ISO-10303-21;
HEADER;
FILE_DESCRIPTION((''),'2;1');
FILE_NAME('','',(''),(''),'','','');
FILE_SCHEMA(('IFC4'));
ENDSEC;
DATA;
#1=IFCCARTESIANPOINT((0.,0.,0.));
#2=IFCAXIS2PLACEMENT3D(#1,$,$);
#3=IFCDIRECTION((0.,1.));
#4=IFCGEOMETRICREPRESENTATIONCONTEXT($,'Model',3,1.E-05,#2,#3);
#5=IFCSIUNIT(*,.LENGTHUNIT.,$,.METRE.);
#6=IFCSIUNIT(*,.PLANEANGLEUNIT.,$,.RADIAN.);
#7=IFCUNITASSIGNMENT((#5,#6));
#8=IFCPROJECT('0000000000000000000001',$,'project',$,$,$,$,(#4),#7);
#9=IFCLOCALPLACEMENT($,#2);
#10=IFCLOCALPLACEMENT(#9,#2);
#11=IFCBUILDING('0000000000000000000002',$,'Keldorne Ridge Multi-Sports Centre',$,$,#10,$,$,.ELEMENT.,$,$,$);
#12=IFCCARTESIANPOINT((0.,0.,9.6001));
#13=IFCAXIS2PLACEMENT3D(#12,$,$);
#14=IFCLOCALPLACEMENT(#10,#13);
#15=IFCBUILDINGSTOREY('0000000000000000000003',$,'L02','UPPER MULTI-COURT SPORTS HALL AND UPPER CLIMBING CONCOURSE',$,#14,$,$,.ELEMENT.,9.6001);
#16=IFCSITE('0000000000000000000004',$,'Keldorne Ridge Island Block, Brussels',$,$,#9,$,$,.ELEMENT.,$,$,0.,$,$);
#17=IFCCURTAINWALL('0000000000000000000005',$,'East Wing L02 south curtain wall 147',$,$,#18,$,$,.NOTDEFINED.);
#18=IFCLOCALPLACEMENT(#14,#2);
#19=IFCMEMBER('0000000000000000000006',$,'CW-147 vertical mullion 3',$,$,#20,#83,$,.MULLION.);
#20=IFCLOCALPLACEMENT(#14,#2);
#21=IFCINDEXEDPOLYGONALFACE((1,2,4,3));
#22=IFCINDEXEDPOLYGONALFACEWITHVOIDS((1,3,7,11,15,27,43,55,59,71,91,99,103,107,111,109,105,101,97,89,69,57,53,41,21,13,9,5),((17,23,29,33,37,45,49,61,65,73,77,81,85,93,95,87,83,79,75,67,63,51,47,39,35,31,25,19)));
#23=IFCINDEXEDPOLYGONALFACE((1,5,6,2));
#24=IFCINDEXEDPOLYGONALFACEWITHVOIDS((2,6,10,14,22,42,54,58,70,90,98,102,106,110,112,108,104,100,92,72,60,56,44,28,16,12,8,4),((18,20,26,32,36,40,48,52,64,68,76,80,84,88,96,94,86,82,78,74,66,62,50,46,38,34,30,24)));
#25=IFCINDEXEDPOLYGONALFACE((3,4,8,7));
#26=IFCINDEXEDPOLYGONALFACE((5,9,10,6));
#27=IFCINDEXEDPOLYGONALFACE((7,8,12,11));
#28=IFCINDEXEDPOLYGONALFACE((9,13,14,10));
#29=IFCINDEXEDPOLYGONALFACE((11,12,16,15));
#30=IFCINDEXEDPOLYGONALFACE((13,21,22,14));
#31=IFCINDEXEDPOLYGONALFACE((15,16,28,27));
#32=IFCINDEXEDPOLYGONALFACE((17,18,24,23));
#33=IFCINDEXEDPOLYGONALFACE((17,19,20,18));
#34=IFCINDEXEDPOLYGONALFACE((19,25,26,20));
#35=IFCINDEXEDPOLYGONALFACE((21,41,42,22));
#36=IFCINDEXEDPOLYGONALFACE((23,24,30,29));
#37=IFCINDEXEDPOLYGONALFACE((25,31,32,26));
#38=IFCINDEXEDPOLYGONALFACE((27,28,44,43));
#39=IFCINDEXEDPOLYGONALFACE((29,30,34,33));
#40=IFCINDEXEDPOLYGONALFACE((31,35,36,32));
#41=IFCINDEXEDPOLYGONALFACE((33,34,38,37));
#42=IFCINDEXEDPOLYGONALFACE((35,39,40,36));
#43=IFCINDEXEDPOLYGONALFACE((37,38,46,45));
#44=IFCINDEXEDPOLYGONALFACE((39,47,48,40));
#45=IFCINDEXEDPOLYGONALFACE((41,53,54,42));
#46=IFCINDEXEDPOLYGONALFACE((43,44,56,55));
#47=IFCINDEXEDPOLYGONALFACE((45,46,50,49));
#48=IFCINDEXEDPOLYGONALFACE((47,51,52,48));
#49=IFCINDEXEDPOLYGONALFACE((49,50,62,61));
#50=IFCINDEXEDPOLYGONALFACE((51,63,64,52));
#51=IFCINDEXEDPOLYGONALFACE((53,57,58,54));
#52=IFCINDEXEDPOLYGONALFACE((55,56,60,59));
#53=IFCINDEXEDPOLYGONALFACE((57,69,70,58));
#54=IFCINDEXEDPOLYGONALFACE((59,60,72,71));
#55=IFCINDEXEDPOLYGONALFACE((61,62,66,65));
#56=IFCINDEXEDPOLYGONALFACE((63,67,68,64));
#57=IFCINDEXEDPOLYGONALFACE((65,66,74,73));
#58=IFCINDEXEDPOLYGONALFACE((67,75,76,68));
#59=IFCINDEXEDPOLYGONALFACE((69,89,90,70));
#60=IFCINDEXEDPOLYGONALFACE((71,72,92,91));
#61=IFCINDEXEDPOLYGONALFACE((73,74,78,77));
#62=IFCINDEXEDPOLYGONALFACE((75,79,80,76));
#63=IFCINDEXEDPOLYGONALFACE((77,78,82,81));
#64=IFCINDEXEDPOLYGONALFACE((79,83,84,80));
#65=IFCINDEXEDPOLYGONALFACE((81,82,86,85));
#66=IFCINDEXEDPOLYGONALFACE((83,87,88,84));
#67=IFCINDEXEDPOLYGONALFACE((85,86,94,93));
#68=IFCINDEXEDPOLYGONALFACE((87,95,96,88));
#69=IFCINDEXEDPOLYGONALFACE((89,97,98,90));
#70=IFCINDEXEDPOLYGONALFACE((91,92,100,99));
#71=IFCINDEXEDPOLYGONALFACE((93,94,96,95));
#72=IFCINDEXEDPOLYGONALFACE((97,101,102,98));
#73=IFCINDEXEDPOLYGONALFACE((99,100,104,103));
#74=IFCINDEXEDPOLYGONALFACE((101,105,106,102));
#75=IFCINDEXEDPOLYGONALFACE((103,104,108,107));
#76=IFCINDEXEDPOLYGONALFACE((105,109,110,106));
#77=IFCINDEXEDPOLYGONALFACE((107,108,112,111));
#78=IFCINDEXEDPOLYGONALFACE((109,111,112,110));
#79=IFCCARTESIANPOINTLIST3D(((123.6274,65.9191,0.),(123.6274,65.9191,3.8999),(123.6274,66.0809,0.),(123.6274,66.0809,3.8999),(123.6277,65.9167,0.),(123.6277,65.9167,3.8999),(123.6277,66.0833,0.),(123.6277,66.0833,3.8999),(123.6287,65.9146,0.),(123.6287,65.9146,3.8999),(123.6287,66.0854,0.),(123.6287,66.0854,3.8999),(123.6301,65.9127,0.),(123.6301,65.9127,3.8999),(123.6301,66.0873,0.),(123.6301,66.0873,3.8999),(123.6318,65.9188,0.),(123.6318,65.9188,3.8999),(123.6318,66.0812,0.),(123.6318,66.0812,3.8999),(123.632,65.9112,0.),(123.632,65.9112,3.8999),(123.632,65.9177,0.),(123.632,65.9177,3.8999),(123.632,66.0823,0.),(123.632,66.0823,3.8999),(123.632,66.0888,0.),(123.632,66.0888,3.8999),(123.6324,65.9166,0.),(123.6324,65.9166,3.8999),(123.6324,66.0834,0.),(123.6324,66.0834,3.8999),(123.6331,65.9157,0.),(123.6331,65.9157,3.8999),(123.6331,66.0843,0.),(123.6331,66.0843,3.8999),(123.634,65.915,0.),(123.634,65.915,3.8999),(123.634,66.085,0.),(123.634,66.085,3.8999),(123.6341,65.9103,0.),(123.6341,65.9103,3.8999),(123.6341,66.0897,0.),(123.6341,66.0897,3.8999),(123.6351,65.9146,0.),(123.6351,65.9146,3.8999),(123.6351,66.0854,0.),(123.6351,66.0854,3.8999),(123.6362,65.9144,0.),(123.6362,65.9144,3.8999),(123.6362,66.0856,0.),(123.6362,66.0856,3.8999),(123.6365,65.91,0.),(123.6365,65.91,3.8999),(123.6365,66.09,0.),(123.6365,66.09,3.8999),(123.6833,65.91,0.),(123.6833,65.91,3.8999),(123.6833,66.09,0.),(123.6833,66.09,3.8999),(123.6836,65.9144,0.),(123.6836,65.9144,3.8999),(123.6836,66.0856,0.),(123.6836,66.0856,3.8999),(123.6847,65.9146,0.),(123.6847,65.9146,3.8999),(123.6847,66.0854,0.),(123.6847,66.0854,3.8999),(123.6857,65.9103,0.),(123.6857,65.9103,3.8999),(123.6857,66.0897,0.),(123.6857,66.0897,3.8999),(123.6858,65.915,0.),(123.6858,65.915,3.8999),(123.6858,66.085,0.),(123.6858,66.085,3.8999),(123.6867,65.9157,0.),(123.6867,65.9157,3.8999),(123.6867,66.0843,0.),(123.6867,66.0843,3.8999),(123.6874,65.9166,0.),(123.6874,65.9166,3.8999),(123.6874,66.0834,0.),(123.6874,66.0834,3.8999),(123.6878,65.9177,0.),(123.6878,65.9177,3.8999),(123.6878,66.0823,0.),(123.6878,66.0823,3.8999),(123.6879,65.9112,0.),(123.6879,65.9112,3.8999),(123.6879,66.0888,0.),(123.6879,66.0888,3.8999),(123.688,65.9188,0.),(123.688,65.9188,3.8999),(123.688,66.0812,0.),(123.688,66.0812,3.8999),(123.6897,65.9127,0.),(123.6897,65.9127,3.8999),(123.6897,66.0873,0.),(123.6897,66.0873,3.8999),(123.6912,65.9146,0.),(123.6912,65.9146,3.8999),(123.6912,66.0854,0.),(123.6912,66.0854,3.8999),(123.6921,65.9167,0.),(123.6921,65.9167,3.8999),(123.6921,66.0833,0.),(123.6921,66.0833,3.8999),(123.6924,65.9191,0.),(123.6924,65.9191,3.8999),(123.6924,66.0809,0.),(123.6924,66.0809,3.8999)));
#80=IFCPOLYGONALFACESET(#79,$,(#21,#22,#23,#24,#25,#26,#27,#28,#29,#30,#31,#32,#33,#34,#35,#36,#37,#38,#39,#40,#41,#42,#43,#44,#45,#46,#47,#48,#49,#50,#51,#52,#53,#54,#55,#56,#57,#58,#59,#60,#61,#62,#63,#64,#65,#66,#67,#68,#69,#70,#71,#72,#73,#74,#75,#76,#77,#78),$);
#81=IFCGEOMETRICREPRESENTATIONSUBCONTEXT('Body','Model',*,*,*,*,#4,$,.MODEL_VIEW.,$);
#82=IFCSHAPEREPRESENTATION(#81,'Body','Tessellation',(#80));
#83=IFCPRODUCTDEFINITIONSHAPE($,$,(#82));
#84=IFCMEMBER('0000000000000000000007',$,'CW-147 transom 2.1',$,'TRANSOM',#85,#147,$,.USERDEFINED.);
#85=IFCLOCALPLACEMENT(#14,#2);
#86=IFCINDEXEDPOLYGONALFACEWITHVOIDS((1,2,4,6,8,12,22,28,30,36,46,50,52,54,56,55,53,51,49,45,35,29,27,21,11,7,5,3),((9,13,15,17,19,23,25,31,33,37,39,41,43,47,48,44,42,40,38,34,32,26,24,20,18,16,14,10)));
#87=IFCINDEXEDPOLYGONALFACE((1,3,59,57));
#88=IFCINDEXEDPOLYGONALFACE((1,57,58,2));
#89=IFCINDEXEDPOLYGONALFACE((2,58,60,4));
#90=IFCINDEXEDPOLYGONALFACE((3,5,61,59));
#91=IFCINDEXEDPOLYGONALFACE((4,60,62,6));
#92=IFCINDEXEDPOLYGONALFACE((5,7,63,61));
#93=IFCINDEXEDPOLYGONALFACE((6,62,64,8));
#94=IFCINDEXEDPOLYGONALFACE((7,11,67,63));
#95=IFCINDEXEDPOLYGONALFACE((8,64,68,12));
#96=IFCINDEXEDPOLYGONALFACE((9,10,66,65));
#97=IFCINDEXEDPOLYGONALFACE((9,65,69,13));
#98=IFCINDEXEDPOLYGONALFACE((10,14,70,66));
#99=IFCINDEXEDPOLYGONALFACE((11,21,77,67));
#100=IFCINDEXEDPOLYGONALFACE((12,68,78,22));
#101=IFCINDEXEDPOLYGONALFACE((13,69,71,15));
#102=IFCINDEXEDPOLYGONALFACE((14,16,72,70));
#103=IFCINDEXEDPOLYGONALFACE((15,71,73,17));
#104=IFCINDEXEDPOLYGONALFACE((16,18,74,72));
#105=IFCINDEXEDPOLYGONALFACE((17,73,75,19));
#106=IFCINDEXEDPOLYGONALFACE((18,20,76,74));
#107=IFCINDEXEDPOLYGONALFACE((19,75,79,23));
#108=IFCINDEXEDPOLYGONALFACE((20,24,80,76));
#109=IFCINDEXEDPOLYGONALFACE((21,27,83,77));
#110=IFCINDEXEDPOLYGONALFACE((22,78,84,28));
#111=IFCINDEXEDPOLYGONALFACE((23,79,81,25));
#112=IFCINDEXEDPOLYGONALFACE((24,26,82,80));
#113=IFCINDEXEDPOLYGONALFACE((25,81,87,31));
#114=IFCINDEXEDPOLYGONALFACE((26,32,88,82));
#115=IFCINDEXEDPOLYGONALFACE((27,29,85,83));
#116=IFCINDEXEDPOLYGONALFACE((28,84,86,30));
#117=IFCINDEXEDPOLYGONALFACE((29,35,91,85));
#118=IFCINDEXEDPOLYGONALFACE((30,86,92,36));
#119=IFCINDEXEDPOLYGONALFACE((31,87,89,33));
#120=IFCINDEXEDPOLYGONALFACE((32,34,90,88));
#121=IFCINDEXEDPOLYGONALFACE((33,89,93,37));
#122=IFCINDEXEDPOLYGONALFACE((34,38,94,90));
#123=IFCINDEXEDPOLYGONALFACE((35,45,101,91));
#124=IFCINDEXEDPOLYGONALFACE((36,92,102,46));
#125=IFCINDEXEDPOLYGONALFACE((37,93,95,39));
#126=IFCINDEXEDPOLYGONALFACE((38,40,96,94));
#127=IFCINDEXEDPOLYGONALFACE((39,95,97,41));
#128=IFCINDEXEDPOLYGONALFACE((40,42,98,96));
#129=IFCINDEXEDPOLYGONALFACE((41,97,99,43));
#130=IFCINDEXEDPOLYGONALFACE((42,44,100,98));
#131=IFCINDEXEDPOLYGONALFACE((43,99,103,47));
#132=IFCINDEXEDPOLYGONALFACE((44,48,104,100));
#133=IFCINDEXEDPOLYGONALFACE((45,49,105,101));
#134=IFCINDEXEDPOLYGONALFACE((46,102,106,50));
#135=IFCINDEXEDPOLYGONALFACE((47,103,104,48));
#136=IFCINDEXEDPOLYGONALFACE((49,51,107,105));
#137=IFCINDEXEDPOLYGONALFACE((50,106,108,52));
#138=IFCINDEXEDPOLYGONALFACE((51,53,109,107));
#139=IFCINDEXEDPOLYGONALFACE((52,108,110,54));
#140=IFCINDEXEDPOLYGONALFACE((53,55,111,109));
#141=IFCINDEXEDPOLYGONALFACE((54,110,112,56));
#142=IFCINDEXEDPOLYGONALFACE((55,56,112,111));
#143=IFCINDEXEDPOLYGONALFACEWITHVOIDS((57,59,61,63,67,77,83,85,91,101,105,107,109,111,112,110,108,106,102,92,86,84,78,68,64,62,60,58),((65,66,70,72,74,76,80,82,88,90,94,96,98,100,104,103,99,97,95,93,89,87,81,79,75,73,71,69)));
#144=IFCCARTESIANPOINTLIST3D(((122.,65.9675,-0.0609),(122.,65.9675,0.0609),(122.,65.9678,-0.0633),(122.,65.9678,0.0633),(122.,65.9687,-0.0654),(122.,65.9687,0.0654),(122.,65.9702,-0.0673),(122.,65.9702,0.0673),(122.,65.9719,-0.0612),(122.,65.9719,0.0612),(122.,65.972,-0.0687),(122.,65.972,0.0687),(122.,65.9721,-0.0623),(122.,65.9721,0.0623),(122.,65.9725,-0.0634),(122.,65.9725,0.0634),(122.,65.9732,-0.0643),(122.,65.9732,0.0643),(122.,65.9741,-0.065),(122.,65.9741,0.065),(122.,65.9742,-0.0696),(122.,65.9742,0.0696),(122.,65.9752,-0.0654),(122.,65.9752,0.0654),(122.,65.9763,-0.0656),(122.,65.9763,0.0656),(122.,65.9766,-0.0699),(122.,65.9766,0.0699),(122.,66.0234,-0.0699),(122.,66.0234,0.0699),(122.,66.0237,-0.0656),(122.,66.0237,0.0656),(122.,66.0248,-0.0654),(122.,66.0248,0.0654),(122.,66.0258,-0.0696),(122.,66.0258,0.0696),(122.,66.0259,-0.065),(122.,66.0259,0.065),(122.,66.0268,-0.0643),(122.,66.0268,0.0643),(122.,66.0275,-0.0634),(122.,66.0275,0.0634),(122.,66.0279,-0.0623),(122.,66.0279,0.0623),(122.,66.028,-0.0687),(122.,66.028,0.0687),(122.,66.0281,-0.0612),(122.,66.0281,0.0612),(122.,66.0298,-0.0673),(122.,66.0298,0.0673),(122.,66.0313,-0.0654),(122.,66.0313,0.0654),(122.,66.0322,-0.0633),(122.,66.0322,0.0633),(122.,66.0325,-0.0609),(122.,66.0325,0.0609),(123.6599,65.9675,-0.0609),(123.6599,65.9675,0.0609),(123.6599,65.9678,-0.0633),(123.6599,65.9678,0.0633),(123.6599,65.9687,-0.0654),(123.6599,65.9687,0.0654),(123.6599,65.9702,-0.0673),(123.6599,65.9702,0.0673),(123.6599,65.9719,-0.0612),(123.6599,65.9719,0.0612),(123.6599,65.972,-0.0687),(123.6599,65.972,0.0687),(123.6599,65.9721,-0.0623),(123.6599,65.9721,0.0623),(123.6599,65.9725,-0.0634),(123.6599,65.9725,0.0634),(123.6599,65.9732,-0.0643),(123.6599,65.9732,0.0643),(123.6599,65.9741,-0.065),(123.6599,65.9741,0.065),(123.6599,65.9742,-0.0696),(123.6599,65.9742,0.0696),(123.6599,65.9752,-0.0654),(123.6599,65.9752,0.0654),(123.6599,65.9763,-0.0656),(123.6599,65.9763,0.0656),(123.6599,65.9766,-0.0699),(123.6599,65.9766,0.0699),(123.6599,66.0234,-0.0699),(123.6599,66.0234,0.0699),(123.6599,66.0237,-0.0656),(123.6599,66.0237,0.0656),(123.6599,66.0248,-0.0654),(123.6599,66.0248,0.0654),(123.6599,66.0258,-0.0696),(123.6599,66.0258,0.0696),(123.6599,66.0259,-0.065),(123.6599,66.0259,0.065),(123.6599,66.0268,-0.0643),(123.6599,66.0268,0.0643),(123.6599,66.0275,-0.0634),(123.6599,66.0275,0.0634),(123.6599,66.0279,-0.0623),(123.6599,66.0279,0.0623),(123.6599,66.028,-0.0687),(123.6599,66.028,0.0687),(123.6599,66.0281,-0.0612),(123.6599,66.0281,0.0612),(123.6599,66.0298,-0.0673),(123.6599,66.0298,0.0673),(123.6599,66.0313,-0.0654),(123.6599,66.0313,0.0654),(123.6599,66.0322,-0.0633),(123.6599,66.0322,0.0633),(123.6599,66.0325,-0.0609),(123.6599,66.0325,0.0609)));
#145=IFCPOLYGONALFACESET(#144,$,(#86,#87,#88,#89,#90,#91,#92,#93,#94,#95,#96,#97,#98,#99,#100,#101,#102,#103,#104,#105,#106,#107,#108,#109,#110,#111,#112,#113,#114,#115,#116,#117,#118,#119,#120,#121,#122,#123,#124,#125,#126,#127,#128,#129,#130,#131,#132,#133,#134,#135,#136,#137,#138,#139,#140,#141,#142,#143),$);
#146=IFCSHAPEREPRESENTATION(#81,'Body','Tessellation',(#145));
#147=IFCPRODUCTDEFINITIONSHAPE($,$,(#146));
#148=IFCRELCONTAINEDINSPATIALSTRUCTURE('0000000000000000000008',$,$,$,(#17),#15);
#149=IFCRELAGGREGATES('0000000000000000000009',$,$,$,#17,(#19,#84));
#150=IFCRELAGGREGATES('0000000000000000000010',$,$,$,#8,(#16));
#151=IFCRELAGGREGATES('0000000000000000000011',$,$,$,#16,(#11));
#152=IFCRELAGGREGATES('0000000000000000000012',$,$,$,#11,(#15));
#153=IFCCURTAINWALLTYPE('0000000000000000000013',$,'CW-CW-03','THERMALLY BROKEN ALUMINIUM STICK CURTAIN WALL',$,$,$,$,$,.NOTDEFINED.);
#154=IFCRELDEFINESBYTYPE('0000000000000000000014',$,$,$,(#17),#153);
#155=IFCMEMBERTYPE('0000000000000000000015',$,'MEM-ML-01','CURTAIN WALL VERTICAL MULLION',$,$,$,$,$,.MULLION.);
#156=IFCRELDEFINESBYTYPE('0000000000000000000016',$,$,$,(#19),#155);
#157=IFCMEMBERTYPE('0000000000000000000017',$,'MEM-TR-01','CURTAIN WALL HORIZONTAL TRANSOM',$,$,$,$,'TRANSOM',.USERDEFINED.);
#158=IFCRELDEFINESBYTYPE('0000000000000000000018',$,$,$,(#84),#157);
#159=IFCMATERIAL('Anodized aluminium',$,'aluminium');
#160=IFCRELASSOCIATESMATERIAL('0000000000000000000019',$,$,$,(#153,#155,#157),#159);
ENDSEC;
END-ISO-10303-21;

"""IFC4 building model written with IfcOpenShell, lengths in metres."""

from ifc_helpers import new_model, si_unit, direction, frame, origin, origin_2d, place, context, subcontext, project, spatial, hollow_rectangle, extrude, material, material_profile, profile_set, type_object, element, aggregate, save


model = new_model("IFC4")

# Units and contexts
model_context = context("Model", 3, precision=1e-05, world=origin(), true_north=direction((0.0, 1.0)))
body_context = subcontext(model_context, "Body", "Model", "MODEL_VIEW")
ifc_project = project(units=[si_unit("LENGTHUNIT", "METRE"), si_unit("PLANEANGLEUNIT", "RADIAN")], contexts=[model_context])

# Site, building, storey
site_placement = place(None, origin())
site = spatial("IfcSite", under=ifc_project, at=site_placement, Name="Keldorne Ridge Island Block, Brussels", CompositionType="ELEMENT", RefElevation=0.0)
building_placement = place(site_placement, origin())
building = spatial("IfcBuilding", under=site, at=building_placement, Name="Keldorne Ridge Multi-Sports Centre", CompositionType="ELEMENT")
storey_placement = place(building_placement, frame((0.0, 0.0, 9.6001)))
storey = spatial("IfcBuildingStorey", under=building, at=storey_placement, Name="L02", Description="UPPER MULTI-COURT SPORTS HALL AND UPPER CLIMBING CONCOURSE", CompositionType="ELEMENT", Elevation=9.6001)

# Curtain wall, members
ifc_material_1 = material(Name="Anodized aluminium", Category="aluminium")
curtain_wall_type = type_object("IfcCurtainWallType", Name="CW-CW-03", Description="THERMALLY BROKEN ALUMINIUM STICK CURTAIN WALL", PredefinedType="NOTDEFINED", material=ifc_material_1)
curtain_wall_placement = place(storey_placement, origin())
curtain_wall = element("IfcCurtainWall", 1, at=curtain_wall_placement, inside=storey, type_object=curtain_wall_type, Name="East Wing L02 south curtain wall 147", PredefinedType="NOTDEFINED")
ifc_material_profile_1 = material_profile(ifc_material_1, hollow_rectangle(XDim=0.0649, YDim=0.1799, WallThickness=0.0044, InnerFilletRadius=0.0044, OuterFilletRadius=0.009, at=origin_2d()), Name="ALU MULLION 180x65x4.5")
ifc_profile_set_1 = profile_set([ifc_material_profile_1], Name="Anodized aluminium")
member_type_1 = type_object("IfcMemberType", Name="MEM-ML-01", Description="CURTAIN WALL VERTICAL MULLION", PredefinedType="MULLION", material=ifc_profile_set_1)
member_1_placement = place(storey_placement, frame((123.6599, 66.0, 0.0), z_axis=(0.0, 0.0, 1.0), x_axis=(1.0, 0.0, 0.0)))
member_1 = element("IfcMember", 2, at=member_1_placement, type_object=member_type_1, Name="CW-147 vertical mullion 3", PredefinedType="MULLION", context=body_context, shape_type="SweptSolid", body=[
    extrude(hollow_rectangle(XDim=0.0649, YDim=0.1799, WallThickness=0.0044, InnerFilletRadius=0.0044, OuterFilletRadius=0.009, at=origin_2d()), origin(), (0.0, 0.0, 1.0), 3.8999),
])
ifc_material_profile_2 = material_profile(ifc_material_1, hollow_rectangle(XDim=0.0649, YDim=0.1399, WallThickness=0.0044, InnerFilletRadius=0.0044, OuterFilletRadius=0.009, at=origin_2d()), Name="ALU TRANSOM 140x65x4.5")
ifc_profile_set_2 = profile_set([ifc_material_profile_2], Name="Anodized aluminium")
member_type_2 = type_object("IfcMemberType", Name="MEM-TR-01", Description="CURTAIN WALL HORIZONTAL TRANSOM", ElementType="TRANSOM", PredefinedType="USERDEFINED", material=ifc_profile_set_2)
member_2_placement = place(storey_placement, frame((122.0, 66.0, 0.0), z_axis=(1.0, 0.0, 0.0), x_axis=(0.0, 1.0, 0.0)))
member_2 = element("IfcMember", 3, at=member_2_placement, type_object=member_type_2, Name="CW-147 transom 2.1", ObjectType="TRANSOM", PredefinedType="USERDEFINED", context=body_context, shape_type="SweptSolid", body=[
    extrude(hollow_rectangle(XDim=0.0649, YDim=0.1399, WallThickness=0.0044, InnerFilletRadius=0.0044, OuterFilletRadius=0.009, at=origin_2d()), origin(), (0.0, 0.0, 1.0), 1.6599),
])
aggregate(curtain_wall, [member_1, member_2])

save(model, "model.ifc")
